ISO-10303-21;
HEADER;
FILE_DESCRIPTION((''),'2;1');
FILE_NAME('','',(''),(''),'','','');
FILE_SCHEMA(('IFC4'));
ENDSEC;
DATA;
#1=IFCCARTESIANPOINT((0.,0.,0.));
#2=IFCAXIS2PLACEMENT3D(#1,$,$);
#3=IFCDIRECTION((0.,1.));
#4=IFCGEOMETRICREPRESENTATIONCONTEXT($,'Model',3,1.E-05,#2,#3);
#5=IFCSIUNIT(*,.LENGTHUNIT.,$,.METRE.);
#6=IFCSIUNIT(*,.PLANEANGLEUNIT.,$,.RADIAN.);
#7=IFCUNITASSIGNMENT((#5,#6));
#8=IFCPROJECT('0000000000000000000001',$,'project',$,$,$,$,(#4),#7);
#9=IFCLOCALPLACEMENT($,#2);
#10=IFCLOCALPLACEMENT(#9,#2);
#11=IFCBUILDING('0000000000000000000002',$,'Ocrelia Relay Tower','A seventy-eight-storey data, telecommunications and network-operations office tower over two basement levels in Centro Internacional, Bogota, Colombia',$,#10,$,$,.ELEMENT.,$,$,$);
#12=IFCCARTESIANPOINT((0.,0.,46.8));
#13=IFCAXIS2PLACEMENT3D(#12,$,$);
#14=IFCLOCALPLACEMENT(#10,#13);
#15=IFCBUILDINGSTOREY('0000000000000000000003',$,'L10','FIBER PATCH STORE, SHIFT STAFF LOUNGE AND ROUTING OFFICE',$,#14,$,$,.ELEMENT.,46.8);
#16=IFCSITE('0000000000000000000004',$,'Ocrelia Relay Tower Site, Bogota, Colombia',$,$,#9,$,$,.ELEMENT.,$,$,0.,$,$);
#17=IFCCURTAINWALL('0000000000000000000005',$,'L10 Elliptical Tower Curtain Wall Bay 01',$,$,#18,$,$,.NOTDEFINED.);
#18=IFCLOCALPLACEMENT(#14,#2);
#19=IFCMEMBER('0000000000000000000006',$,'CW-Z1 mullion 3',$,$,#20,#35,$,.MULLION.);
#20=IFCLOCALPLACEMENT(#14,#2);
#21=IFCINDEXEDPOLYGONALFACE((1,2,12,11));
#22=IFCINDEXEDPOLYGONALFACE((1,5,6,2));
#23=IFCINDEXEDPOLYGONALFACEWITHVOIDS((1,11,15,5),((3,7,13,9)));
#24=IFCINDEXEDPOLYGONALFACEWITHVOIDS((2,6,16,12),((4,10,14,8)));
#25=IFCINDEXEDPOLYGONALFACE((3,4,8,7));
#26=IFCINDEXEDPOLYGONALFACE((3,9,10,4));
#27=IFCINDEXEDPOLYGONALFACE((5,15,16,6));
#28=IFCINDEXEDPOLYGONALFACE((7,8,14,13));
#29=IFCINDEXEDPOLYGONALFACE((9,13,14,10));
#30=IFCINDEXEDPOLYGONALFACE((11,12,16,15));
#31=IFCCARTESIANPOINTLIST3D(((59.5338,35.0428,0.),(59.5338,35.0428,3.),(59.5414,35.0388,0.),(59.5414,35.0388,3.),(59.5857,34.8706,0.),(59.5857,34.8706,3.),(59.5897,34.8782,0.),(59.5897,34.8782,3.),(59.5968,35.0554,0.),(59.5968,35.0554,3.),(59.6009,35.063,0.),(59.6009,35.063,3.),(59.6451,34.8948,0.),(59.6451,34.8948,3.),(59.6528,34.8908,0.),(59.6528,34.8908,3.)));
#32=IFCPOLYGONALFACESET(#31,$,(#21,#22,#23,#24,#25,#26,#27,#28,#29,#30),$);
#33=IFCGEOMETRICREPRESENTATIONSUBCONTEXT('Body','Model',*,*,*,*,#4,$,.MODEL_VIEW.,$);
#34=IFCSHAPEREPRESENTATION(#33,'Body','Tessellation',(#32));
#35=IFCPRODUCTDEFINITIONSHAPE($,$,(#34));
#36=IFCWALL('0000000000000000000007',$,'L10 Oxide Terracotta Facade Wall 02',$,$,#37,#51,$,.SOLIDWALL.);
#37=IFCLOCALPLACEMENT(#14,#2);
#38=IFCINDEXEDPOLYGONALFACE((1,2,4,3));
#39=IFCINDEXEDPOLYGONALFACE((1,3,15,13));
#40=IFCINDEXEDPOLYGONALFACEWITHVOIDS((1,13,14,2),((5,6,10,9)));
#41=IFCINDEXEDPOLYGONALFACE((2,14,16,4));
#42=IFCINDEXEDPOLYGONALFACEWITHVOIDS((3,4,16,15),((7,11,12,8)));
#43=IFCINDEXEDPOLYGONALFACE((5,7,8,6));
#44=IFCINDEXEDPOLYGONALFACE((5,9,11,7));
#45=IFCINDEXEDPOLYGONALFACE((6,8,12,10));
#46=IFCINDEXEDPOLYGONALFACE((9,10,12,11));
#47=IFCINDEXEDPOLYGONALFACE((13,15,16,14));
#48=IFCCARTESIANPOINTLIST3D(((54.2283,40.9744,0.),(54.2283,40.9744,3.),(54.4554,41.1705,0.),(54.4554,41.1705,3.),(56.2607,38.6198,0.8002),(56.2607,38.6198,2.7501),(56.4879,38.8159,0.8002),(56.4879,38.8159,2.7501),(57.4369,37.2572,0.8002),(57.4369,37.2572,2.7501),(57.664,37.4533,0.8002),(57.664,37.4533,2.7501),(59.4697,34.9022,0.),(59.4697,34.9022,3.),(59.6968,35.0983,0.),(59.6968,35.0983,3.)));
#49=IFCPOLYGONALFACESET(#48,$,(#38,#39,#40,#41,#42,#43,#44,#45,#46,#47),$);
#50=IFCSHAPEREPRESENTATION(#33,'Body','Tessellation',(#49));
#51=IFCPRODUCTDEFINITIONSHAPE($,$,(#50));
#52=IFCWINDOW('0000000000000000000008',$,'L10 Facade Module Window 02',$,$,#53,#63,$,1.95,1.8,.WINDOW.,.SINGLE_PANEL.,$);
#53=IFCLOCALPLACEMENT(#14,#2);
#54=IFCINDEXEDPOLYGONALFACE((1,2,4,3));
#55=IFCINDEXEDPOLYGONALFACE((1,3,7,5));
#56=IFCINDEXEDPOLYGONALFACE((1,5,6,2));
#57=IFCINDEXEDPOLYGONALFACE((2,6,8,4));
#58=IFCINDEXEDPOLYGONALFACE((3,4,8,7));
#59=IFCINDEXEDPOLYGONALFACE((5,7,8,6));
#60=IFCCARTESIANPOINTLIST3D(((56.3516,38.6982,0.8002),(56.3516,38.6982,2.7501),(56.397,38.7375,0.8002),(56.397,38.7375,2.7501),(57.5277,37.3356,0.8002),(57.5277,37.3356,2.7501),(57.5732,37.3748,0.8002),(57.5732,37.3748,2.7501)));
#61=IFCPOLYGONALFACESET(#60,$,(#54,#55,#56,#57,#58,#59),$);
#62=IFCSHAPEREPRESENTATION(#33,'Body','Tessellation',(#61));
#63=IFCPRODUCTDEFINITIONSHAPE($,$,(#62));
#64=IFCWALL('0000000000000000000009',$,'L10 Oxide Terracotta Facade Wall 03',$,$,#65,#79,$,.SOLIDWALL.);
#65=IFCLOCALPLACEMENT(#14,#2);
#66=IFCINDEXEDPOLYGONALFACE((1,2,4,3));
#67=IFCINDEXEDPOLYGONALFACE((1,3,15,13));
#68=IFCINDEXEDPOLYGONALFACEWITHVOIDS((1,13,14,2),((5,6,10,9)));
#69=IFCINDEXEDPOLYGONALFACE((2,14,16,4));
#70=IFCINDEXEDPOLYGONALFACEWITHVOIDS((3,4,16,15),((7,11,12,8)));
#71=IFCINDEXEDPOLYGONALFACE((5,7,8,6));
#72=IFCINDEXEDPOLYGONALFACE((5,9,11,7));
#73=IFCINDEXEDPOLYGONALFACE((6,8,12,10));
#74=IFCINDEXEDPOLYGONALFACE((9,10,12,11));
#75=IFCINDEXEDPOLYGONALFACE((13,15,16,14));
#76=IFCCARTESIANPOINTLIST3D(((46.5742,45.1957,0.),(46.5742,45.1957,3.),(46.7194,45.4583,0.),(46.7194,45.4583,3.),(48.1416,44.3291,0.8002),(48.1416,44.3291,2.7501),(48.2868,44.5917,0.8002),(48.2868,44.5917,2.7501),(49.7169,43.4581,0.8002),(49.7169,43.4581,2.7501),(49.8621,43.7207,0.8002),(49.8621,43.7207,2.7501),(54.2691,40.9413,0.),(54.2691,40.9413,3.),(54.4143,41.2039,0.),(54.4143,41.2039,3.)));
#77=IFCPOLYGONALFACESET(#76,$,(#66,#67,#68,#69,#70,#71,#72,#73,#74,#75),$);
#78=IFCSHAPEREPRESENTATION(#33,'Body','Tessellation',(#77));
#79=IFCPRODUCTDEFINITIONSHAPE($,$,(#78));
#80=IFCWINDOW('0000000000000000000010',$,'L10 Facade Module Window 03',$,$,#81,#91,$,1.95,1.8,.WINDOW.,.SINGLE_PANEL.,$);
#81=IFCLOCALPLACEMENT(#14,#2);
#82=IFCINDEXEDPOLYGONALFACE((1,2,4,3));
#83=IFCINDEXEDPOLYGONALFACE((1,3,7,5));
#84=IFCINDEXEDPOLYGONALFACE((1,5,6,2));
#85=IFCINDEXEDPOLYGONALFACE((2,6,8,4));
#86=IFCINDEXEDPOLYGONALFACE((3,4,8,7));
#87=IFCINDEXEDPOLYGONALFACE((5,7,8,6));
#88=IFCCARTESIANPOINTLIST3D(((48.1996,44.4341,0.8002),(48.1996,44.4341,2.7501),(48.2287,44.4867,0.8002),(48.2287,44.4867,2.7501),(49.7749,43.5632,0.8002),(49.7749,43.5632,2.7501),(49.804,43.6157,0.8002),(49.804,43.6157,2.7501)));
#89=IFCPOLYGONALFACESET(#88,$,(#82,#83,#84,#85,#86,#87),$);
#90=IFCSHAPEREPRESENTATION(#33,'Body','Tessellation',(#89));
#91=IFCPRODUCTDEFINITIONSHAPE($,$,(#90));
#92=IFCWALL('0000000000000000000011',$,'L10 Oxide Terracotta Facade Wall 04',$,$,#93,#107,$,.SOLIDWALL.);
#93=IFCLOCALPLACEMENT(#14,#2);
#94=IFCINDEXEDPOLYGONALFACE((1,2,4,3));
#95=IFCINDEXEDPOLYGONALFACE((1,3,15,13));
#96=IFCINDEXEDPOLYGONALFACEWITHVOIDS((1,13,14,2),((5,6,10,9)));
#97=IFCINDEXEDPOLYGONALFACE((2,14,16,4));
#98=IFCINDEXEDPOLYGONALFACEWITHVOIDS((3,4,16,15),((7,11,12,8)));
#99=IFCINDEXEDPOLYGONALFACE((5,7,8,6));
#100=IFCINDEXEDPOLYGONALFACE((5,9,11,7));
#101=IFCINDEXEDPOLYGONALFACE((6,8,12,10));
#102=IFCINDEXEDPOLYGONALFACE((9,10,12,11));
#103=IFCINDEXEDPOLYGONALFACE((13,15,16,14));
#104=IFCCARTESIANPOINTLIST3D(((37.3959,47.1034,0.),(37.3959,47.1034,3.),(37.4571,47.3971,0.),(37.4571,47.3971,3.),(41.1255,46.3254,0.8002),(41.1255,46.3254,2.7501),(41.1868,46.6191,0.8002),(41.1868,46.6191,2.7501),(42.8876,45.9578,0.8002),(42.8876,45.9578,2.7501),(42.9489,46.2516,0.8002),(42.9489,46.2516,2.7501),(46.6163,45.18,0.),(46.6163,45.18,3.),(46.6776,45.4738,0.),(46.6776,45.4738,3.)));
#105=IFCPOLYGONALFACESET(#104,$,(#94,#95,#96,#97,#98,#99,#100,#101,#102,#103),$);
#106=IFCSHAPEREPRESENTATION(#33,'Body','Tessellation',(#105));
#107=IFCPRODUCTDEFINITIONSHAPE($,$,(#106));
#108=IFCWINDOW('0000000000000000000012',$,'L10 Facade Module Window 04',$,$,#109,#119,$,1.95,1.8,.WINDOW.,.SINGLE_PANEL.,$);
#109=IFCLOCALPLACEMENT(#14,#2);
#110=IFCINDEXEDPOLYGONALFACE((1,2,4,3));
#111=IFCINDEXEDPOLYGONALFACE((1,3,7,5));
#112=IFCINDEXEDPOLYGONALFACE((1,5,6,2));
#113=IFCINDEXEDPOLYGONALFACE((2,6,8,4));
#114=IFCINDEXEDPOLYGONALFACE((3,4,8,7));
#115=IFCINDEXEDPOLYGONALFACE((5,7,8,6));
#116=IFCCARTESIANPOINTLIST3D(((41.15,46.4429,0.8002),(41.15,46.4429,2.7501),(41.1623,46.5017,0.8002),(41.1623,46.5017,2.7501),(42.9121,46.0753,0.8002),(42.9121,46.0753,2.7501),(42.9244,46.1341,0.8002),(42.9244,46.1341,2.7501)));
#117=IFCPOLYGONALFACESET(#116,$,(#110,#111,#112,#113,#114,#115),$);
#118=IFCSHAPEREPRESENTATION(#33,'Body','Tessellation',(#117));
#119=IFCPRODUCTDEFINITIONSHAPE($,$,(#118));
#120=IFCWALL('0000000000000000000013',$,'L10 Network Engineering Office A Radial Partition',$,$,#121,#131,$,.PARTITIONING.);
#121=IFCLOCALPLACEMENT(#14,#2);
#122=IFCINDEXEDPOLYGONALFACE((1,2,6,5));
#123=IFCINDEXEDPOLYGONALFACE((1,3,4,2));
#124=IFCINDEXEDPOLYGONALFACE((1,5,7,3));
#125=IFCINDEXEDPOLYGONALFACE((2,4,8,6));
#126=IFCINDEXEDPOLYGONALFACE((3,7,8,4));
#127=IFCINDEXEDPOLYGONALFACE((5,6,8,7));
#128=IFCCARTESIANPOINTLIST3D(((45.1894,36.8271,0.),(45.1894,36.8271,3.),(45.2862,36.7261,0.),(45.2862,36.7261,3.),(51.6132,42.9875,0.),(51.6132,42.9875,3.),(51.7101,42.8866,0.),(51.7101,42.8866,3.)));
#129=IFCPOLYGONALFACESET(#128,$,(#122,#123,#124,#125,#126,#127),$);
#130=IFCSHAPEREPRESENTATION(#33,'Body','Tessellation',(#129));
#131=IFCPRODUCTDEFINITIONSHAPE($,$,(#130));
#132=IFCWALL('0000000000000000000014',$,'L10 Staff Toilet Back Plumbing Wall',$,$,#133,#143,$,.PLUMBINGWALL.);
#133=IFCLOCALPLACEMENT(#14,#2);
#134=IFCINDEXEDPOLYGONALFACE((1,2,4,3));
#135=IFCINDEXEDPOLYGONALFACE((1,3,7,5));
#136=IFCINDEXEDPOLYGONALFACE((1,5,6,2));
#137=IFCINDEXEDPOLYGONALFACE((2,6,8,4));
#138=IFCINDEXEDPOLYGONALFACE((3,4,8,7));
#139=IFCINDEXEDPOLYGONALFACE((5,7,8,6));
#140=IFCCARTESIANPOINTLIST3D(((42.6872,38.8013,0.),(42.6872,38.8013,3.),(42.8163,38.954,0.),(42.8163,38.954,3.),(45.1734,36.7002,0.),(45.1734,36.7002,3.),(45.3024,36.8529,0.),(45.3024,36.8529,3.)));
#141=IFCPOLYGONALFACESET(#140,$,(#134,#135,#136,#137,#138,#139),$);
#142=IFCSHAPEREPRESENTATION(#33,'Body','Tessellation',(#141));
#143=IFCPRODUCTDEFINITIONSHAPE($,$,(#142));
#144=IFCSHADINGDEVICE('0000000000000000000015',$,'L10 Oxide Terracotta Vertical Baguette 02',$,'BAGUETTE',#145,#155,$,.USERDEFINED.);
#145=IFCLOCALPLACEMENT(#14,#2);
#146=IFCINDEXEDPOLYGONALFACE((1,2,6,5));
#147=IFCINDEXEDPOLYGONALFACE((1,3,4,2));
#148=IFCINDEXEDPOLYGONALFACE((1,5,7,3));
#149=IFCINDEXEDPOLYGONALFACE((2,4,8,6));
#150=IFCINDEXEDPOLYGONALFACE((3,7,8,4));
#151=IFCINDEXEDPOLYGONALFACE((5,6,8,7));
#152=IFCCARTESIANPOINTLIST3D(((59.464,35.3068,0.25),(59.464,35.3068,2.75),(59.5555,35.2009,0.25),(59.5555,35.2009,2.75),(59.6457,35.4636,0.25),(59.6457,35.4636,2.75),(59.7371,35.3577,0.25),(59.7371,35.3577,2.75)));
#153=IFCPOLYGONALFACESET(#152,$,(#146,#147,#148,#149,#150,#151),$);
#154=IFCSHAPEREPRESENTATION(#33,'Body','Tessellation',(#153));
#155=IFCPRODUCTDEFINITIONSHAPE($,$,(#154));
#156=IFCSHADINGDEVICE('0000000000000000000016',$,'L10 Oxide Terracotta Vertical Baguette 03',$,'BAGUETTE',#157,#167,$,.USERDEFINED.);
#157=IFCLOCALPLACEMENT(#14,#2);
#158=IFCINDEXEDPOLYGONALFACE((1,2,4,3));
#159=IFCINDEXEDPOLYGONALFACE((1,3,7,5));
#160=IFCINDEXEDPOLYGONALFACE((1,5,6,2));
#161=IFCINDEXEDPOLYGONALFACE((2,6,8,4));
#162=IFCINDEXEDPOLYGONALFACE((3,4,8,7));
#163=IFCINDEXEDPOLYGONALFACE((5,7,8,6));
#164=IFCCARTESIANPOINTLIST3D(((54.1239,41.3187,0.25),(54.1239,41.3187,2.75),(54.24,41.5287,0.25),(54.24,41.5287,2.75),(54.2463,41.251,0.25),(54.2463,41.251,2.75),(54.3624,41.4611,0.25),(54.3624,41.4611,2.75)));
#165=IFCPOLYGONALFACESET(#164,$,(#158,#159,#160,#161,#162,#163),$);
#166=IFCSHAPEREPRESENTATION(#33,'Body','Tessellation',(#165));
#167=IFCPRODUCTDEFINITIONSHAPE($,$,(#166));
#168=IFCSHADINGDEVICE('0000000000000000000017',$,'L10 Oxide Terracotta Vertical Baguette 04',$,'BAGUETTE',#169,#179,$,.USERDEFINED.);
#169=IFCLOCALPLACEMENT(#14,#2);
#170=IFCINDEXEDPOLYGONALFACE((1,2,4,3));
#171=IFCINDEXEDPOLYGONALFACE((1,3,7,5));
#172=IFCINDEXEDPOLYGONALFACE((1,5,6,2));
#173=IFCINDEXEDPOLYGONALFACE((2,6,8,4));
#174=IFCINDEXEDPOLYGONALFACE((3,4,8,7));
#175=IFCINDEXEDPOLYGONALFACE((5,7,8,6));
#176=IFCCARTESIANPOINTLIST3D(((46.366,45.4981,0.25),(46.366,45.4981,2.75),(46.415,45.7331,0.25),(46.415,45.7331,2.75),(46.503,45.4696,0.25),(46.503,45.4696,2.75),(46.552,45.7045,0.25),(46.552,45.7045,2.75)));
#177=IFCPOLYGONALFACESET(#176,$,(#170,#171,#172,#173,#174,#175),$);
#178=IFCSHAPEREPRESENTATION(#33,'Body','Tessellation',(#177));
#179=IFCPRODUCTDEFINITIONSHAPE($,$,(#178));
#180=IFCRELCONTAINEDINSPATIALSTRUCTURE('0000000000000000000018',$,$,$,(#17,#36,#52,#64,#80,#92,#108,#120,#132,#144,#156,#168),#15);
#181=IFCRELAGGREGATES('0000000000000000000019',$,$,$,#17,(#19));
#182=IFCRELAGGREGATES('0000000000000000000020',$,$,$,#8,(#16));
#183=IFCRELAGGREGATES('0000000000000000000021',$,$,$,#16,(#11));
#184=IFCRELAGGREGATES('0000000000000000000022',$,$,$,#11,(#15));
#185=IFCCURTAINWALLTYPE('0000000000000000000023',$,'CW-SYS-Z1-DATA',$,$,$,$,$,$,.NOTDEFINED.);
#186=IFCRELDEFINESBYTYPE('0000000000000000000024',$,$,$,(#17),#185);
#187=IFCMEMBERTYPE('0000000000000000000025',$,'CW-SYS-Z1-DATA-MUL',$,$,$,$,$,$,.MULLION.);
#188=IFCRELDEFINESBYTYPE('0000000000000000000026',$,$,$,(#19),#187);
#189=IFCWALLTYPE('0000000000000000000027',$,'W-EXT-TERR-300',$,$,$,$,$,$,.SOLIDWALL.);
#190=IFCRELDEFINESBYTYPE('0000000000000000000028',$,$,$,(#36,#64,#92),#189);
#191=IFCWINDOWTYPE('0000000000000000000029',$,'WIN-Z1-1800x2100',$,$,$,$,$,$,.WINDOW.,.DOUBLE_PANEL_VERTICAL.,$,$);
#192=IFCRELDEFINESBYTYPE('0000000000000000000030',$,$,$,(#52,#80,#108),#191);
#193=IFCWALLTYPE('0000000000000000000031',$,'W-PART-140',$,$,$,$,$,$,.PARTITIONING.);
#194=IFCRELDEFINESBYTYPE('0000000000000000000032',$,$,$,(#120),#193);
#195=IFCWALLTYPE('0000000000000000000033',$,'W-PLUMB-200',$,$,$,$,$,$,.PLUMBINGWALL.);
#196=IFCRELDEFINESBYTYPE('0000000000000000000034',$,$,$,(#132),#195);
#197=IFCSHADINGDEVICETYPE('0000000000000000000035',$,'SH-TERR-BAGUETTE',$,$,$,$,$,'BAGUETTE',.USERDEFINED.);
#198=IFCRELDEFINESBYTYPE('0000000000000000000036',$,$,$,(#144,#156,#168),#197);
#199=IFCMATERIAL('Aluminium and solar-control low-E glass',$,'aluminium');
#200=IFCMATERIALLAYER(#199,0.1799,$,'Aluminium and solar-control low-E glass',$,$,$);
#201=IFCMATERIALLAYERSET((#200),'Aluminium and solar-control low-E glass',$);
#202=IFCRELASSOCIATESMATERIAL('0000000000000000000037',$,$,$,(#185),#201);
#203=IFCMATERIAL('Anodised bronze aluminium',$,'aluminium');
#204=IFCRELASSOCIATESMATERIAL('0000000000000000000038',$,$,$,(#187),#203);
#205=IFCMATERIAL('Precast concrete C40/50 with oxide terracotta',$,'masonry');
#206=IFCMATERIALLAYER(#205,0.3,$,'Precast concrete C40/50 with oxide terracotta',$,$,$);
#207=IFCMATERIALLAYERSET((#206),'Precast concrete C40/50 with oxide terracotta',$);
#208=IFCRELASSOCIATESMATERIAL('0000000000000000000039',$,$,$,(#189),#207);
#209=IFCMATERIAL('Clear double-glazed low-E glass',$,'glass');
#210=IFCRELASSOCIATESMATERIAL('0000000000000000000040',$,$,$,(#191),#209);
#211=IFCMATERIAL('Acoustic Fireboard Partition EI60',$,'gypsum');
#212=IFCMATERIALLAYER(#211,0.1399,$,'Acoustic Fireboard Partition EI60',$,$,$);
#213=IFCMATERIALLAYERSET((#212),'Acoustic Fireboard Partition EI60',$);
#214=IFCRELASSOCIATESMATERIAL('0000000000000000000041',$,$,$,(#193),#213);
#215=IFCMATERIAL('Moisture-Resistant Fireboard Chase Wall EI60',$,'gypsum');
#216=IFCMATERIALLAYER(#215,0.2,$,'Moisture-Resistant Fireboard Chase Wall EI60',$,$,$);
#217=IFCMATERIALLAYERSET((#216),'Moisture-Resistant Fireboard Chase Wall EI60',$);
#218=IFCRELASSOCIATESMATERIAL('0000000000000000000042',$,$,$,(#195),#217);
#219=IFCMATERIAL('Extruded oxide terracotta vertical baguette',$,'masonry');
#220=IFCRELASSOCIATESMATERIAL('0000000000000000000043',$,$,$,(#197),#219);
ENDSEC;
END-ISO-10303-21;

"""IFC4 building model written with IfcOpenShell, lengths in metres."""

from ifc_helpers import new_model, si_unit, direction, frame, frame_2d, origin, origin_2d, place, context, subcontext, project, spatial, rectangle, hollow_rectangle, extrude, material, layer, layer_set, material_profile, profile_set, type_object, element, fill, aggregate, save


model = new_model("IFC4")

# Units and contexts
model_context = context("Model", 3, precision=1e-05, world=origin(), true_north=direction((0.0, 1.0)))
body_context = subcontext(model_context, "Body", "Model", "MODEL_VIEW")
ifc_project = project(units=[si_unit("LENGTHUNIT", "METRE"), si_unit("PLANEANGLEUNIT", "RADIAN")], contexts=[model_context])

# Site, building, storey
site_placement = place(None, origin())
site = spatial("IfcSite", under=ifc_project, at=site_placement, Name="Ocrelia Relay Tower Site, Bogota, Colombia", CompositionType="ELEMENT", RefElevation=0.0)
building_placement = place(site_placement, origin())
building = spatial("IfcBuilding", under=site, at=building_placement, Name="Ocrelia Relay Tower", Description="A seventy-eight-storey data, telecommunications and network-operations office tower over two basement levels in Centro Internacional, Bogota, Colombia", CompositionType="ELEMENT")
storey_placement = place(building_placement, frame((0.0, 0.0, 46.8)))
storey = spatial("IfcBuildingStorey", under=building, at=storey_placement, Name="L10", Description="FIBER PATCH STORE, SHIFT STAFF LOUNGE AND ROUTING OFFICE", CompositionType="ELEMENT", Elevation=46.8)

# Curtain wall, member
ifc_material_1 = material(Name="Aluminium and solar-control low-E glass", Category="aluminium")
ifc_layer_1 = layer(ifc_material_1, 0.1799, Name="Aluminium and solar-control low-E glass")
ifc_layer_set_1 = layer_set([ifc_layer_1], Name="Aluminium and solar-control low-E glass")
curtain_wall_type = type_object("IfcCurtainWallType", Name="CW-SYS-Z1-DATA", PredefinedType="NOTDEFINED", material=ifc_layer_set_1)
curtain_wall_placement = place(storey_placement, origin())
curtain_wall = element("IfcCurtainWall", 1, at=curtain_wall_placement, inside=storey, type_object=curtain_wall_type, Name="L10 Elliptical Tower Curtain Wall Bay 01", PredefinedType="NOTDEFINED")
ifc_material_2 = material(Name="Anodised bronze aluminium", Category="aluminium")
ifc_material_profile_1 = material_profile(ifc_material_2, hollow_rectangle(XDim=0.0701, YDim=0.1799, WallThickness=0.0061, at=origin_2d()), Name="CW-MUL-180x70")
ifc_profile_set_1 = profile_set([ifc_material_profile_1], Name="Anodised bronze aluminium")
member_type = type_object("IfcMemberType", Name="CW-SYS-Z1-DATA-MUL", PredefinedType="MULLION", material=ifc_profile_set_1)
member_placement = place(storey_placement, frame((59.5933, 34.9668, 0.0), z_axis=(0.0, 0.0, 1.0), x_axis=(-0.957519, -0.28837, 0.0)))
member = element("IfcMember", 2, at=member_placement, type_object=member_type, Name="CW-Z1 mullion 3", PredefinedType="MULLION", context=body_context, shape_type="SweptSolid", body=[
    extrude(hollow_rectangle(XDim=0.0701, YDim=0.1799, WallThickness=0.0061, at=origin_2d()), origin(), (0.0, 0.0, 1.0), 3.0),
])
aggregate(curtain_wall, [member])

# Walls, openings, windows
ifc_material_3 = material(Name="Precast concrete C40/50 with oxide terracotta", Category="masonry")
ifc_layer_2 = layer(ifc_material_3, 0.3, Name="Precast concrete C40/50 with oxide terracotta")
ifc_layer_set_2 = layer_set([ifc_layer_2], Name="Precast concrete C40/50 with oxide terracotta")
wall_type_1 = type_object("IfcWallType", Name="W-EXT-TERR-300", PredefinedType="SOLIDWALL", material=ifc_layer_set_2)
wall_1_placement = place(storey_placement, frame((59.5833, 35.0002, 0.0), z_axis=(0.0, 0.0, 1.0), x_axis=(-0.653422, 0.756994, 0.0)))
wall_1 = element("IfcWall", 3, at=wall_1_placement, inside=storey, type_object=wall_type_1, Name="L10 Oxide Terracotta Facade Wall 02", PredefinedType="SOLIDWALL", context=body_context, shape_type="SweptSolid", body=[
    extrude(rectangle(XDim=8.0215, YDim=0.3, at=frame_2d((4.0107, 0.0))), origin(), (0.0, 0.0, 1.0), 3.0),
])
opening_1_placement = place(wall_1_placement, frame((3.1111, 0.0, 0.8)))
opening_1 = element("IfcOpeningElement", 4, at=opening_1_placement, cuts=wall_1, PredefinedType="OPENING", context=body_context, shape_type="SweptSolid", body=[
    extrude(rectangle(XDim=1.8, YDim=1.95, at=frame_2d((0.8999, 0.9751))), frame((0.0, 0.1602, 0.0), z_axis=(0.0, -1.0, 0.0), x_axis=(1.0, 0.0, 0.0)), (0.0, 0.0, 1.0), 0.3201),
])
ifc_material_4 = material(Name="Clear double-glazed low-E glass", Category="glass")
window_type = type_object("IfcWindowType", Name="WIN-Z1-1800x2100", PartitioningType="DOUBLE_PANEL_VERTICAL", PredefinedType="WINDOW", material=ifc_material_4)
window_1_placement = place(opening_1_placement, origin())
window_1 = element("IfcWindow", 5, at=window_1_placement, inside=storey, type_object=window_type, Name="L10 Facade Module Window 02", OverallHeight=1.95, OverallWidth=1.8, PartitioningType="SINGLE_PANEL", PredefinedType="WINDOW", context=body_context, shape_type="SweptSolid", body=[
    extrude(rectangle(XDim=1.8, YDim=1.95, at=frame_2d((0.8999, 0.9751))), frame((0.0, 0.03, 0.0), z_axis=(0.0, -1.0, 0.0), x_axis=(1.0, 0.0, 0.0)), (0.0, 0.0, 1.0), 0.0601),
])
fill(opening_1, window_1)
wall_2_placement = place(storey_placement, frame((54.3418, 41.0725, 0.0), z_axis=(0.0, 0.0, 1.0), x_axis=(-0.875146, 0.48386, 0.0)))
wall_2 = element("IfcWall", 6, at=wall_2_placement, inside=storey, type_object=wall_type_1, Name="L10 Oxide Terracotta Facade Wall 03", PredefinedType="SOLIDWALL", context=body_context, shape_type="SweptSolid", body=[
    extrude(rectangle(XDim=8.7927, YDim=0.3, at=frame_2d((4.3965, 0.0))), origin(), (0.0, 0.0, 1.0), 3.0),
])
opening_2_placement = place(wall_2_placement, frame((5.2019, 0.0, 0.8)))
opening_2 = element("IfcOpeningElement", 7, at=opening_2_placement, cuts=wall_2, PredefinedType="OPENING", context=body_context, shape_type="SweptSolid", body=[
    extrude(rectangle(XDim=1.8, YDim=1.95, at=frame_2d((0.8999, 0.9751))), frame((0.0, 0.1602, 0.0), z_axis=(0.0, -1.0, 0.0), x_axis=(1.0, 0.0, 0.0)), (0.0, 0.0, 1.0), 0.3201),
])
window_2_placement = place(opening_2_placement, origin())
window_2 = element("IfcWindow", 8, at=window_2_placement, inside=storey, type_object=window_type, Name="L10 Facade Module Window 03", OverallHeight=1.95, OverallWidth=1.8, PartitioningType="SINGLE_PANEL", PredefinedType="WINDOW", context=body_context, shape_type="SweptSolid", body=[
    extrude(rectangle(XDim=1.8, YDim=1.95, at=frame_2d((0.8999, 0.9751))), frame((0.0, 0.03, 0.0), z_axis=(0.0, -1.0, 0.0), x_axis=(1.0, 0.0, 0.0)), (0.0, 0.0, 1.0), 0.0601),
])
fill(opening_2, window_2)
wall_3_placement = place(storey_placement, frame((46.647, 45.3269, 0.0), z_axis=(0.0, 0.0, 1.0), x_axis=(-0.978929, 0.2042, 0.0)))
wall_3 = element("IfcWall", 9, at=wall_3_placement, inside=storey, type_object=wall_type_1, Name="L10 Oxide Terracotta Facade Wall 04", PredefinedType="SOLIDWALL", context=body_context, shape_type="SweptSolid", body=[
    extrude(rectangle(XDim=9.4189, YDim=0.3, at=frame_2d((4.7095, 0.0))), origin(), (0.0, 0.0, 1.0), 3.0),
])
opening_3_placement = place(wall_3_placement, frame((3.8091, 0.0, 0.8)))
opening_3 = element("IfcOpeningElement", 10, at=opening_3_placement, cuts=wall_3, PredefinedType="OPENING", context=body_context, shape_type="SweptSolid", body=[
    extrude(rectangle(XDim=1.8, YDim=1.95, at=frame_2d((0.8999, 0.9751))), frame((0.0, 0.1602, 0.0), z_axis=(0.0, -1.0, 0.0), x_axis=(1.0, 0.0, 0.0)), (0.0, 0.0, 1.0), 0.3201),
])
window_3_placement = place(opening_3_placement, origin())
window_3 = element("IfcWindow", 11, at=window_3_placement, inside=storey, type_object=window_type, Name="L10 Facade Module Window 04", OverallHeight=1.95, OverallWidth=1.8, PartitioningType="SINGLE_PANEL", PredefinedType="WINDOW", context=body_context, shape_type="SweptSolid", body=[
    extrude(rectangle(XDim=1.8, YDim=1.95, at=frame_2d((0.8999, 0.9751))), frame((0.0, 0.03, 0.0), z_axis=(0.0, -1.0, 0.0), x_axis=(1.0, 0.0, 0.0)), (0.0, 0.0, 1.0), 0.0601),
])
fill(opening_3, window_3)

# Walls
ifc_material_5 = material(Name="Acoustic Fireboard Partition EI60", Category="gypsum")
ifc_layer_3 = layer(ifc_material_5, 0.1399, Name="Acoustic Fireboard Partition EI60")
ifc_layer_set_3 = layer_set([ifc_layer_3], Name="Acoustic Fireboard Partition EI60")
wall_type_2 = type_object("IfcWallType", Name="W-PART-140", PredefinedType="PARTITIONING", material=ifc_layer_set_3)
wall_4_placement = place(storey_placement, frame((45.2378, 36.7766, 0.0), z_axis=(0.0, 0.0, 1.0), x_axis=(0.721751, 0.692153, 0.0)))
element("IfcWall", 12, at=wall_4_placement, inside=storey, type_object=wall_type_2, Name="L10 Network Engineering Office A Radial Partition", PredefinedType="PARTITIONING", context=body_context, shape_type="SweptSolid", body=[
    extrude(rectangle(XDim=8.9004, YDim=0.1399, at=frame_2d((4.4502, 0.0))), origin(), (0.0, 0.0, 1.0), 3.0),
])
ifc_material_6 = material(Name="Moisture-Resistant Fireboard Chase Wall EI60", Category="gypsum")
ifc_layer_4 = layer(ifc_material_6, 0.2, Name="Moisture-Resistant Fireboard Chase Wall EI60")
ifc_layer_set_4 = layer_set([ifc_layer_4], Name="Moisture-Resistant Fireboard Chase Wall EI60")
wall_type_3 = type_object("IfcWallType", Name="W-PLUMB-200", PredefinedType="PLUMBINGWALL", material=ifc_layer_set_4)
wall_5_placement = place(storey_placement, frame((45.2378, 36.7766, 0.0), z_axis=(0.0, 0.0, 1.0), x_axis=(-0.76377, 0.645488, 0.0)))
element("IfcWall", 13, at=wall_5_placement, inside=storey, type_object=wall_type_3, Name="L10 Staff Toilet Back Plumbing Wall", PredefinedType="PLUMBINGWALL", context=body_context, shape_type="SweptSolid", body=[
    extrude(rectangle(XDim=3.2551, YDim=0.2, at=frame_2d((1.6274, 0.0))), origin(), (0.0, 0.0, 1.0), 3.0),
])

# Shading devices
ifc_material_7 = material(Name="Extruded oxide terracotta vertical baguette", Category="masonry")
shading_device_type_1 = type_object("IfcShadingDeviceType", Name="SH-TERR-BAGUETTE", ElementType="BAGUETTE", PredefinedType="USERDEFINED", material=ifc_material_7)
for number, where, z_axis, x_axis, name in (
    (14, (59.6006, 35.3323, 0.25), (0.0, 0.0, 1.0), (-0.653416, 0.756999, 0.0), "L10 Oxide Terracotta Vertical Baguette 02"),
    (15, (54.2432, 41.3899, 0.25), (0.0, 0.0, 1.0), (-0.875147, 0.483856, 0.0), "L10 Oxide Terracotta Vertical Baguette 03"),
    (16, (46.459, 45.6013, 0.25), (0.0, 0.0, 1.0), (-0.978932, 0.204189, 0.0), "L10 Oxide Terracotta Vertical Baguette 04"),
):
    element("IfcShadingDevice", number, at=place(storey_placement, frame(where, z_axis=z_axis, x_axis=x_axis)), inside=storey, type_object=shading_device_type_1, Name=name, ObjectType="BAGUETTE", PredefinedType="USERDEFINED", context=body_context, shape_type="SweptSolid", body=[
        extrude(rectangle(XDim=0.1399, YDim=0.24, at=origin_2d()), origin(), (0.0, 0.0, 1.0), 2.5),
    ])

save(model, "model.ifc")
